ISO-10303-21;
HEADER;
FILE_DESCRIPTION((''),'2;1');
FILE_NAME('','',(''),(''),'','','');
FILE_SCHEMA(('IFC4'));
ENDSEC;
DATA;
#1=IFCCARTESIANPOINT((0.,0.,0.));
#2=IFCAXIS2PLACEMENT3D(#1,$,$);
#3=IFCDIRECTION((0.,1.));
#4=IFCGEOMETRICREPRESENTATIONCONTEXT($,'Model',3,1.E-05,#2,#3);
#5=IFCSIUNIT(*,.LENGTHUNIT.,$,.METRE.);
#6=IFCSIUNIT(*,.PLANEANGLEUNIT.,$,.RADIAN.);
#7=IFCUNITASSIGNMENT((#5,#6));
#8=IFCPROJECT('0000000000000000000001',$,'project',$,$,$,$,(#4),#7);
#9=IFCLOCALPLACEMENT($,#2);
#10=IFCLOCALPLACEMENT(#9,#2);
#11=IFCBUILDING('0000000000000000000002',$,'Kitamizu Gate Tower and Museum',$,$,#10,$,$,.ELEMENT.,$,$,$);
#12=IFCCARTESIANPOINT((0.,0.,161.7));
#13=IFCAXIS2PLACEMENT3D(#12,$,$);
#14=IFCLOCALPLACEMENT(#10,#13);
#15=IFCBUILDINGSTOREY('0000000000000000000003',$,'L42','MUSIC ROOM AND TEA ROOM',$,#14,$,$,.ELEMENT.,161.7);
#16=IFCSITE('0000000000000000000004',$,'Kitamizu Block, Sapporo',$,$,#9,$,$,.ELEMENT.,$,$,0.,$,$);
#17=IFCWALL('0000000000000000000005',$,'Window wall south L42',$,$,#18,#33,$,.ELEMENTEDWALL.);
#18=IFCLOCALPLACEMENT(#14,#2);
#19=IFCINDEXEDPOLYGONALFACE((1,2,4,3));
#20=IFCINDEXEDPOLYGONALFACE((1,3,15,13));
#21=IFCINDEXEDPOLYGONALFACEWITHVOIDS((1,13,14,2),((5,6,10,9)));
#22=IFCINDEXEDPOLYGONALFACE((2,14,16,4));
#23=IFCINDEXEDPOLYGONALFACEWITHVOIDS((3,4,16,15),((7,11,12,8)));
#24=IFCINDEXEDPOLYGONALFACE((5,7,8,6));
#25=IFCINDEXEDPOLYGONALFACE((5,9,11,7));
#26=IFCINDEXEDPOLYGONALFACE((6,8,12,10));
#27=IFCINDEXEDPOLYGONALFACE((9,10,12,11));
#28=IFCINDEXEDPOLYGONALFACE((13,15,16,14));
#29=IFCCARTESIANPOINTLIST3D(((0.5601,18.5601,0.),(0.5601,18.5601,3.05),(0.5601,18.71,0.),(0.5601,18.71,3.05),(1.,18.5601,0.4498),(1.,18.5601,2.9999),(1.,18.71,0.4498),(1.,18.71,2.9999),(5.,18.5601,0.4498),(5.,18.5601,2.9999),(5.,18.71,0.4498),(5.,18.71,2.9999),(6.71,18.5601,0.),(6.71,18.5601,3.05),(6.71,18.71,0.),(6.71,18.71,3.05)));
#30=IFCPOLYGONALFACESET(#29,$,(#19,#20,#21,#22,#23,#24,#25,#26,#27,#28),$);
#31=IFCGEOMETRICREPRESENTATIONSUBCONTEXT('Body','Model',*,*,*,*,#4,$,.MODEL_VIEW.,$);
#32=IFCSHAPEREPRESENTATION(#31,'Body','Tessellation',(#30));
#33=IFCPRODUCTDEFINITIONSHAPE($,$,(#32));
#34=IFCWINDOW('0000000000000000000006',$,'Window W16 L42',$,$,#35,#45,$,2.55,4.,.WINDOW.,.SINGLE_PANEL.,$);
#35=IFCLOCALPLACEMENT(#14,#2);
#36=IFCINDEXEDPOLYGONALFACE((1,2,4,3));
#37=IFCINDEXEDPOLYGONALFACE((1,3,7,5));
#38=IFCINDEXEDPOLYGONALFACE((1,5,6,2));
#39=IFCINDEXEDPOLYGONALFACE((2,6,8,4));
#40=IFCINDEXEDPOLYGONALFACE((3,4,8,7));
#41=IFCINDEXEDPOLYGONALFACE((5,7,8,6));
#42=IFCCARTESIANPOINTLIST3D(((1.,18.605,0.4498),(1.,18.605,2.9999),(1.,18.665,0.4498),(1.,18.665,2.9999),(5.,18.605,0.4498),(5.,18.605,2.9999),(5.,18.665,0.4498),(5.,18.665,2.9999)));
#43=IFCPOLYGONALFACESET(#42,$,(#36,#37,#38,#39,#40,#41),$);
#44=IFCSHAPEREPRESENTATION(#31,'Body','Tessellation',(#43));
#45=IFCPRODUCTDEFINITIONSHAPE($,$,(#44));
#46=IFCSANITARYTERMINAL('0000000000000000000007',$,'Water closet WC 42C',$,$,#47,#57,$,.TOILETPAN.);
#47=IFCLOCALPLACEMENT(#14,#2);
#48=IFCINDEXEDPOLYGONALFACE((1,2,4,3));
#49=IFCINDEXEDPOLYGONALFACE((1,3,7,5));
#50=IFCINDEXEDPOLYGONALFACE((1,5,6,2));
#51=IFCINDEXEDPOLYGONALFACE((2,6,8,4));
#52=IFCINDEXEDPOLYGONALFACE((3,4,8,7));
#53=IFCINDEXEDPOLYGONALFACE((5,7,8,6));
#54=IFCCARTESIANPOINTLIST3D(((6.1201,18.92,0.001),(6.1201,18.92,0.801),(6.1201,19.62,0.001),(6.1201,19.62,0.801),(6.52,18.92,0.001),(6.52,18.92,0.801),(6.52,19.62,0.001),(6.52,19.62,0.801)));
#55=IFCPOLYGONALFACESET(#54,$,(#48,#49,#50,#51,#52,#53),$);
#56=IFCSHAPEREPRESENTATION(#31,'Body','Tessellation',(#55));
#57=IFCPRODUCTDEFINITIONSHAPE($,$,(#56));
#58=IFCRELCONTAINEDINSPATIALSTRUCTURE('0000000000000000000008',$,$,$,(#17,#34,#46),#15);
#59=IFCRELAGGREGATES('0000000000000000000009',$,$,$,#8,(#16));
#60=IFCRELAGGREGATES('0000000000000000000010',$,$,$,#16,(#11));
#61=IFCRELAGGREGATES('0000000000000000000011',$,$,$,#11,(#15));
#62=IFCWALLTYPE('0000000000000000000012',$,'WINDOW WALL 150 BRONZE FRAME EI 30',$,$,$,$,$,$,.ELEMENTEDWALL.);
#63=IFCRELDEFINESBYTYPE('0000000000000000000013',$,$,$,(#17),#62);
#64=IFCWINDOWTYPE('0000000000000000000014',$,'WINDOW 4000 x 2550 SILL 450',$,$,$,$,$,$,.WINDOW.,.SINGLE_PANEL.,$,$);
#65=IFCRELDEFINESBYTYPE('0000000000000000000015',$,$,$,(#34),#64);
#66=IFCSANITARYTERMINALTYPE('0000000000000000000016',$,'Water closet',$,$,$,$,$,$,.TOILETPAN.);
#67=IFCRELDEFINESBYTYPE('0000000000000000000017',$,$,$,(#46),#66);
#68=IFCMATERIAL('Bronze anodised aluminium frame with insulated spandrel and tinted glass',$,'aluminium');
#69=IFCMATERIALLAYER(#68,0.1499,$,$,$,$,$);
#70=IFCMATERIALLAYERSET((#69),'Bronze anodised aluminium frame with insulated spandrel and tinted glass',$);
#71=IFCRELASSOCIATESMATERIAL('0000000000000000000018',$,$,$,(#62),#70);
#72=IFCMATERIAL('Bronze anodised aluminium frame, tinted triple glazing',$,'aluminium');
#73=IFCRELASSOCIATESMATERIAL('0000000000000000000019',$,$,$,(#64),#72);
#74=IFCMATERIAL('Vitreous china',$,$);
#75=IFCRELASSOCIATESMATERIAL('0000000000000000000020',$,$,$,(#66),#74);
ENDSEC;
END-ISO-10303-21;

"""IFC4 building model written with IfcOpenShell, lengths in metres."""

from ifc_helpers import new_model, si_unit, direction, frame, frame_2d, origin, origin_2d, place, context, subcontext, project, spatial, rectangle, extrude, material, layer, layer_set, type_object, element, fill, save


model = new_model("IFC4")

# Units and contexts
model_context = context("Model", 3, precision=1e-05, world=origin(), true_north=direction((0.0, 1.0)))
body_context = subcontext(model_context, "Body", "Model", "MODEL_VIEW")
ifc_project = project(units=[si_unit("LENGTHUNIT", "METRE"), si_unit("PLANEANGLEUNIT", "RADIAN")], contexts=[model_context])

# Site, building, storey
site_placement = place(None, origin())
site = spatial("IfcSite", under=ifc_project, at=site_placement, Name="Kitamizu Block, Sapporo", CompositionType="ELEMENT", RefElevation=0.0)
building_placement = place(site_placement, origin())
building = spatial("IfcBuilding", under=site, at=building_placement, Name="Kitamizu Gate Tower and Museum", CompositionType="ELEMENT")
storey_placement = place(building_placement, frame((0.0, 0.0, 161.7)))
storey = spatial("IfcBuildingStorey", under=building, at=storey_placement, Name="L42", Description="MUSIC ROOM AND TEA ROOM", CompositionType="ELEMENT", Elevation=161.7)

# Shared definitions
ifc_material_1 = material(Name="Bronze anodised aluminium frame with insulated spandrel and tinted glass", Category="aluminium")
ifc_layer_1 = layer(ifc_material_1, 0.1499)
ifc_layer_set_1 = layer_set([ifc_layer_1], Name="Bronze anodised aluminium frame with insulated spandrel and tinted glass")
wall_type_1 = type_object("IfcWallType", Name="WINDOW WALL 150 BRONZE FRAME EI 30", PredefinedType="ELEMENTEDWALL", material=ifc_layer_set_1)

# Wall, opening, window
wall_1_placement = place(storey_placement, frame((0.5601, 18.635, 0.0), z_axis=(0.0, 0.0, 1.0), x_axis=(1.0, 0.0, 0.0)))
wall_1 = element("IfcWall", 1, at=wall_1_placement, inside=storey, type_object=wall_type_1, Name="Window wall south L42", PredefinedType="ELEMENTEDWALL", context=body_context, shape_type="SweptSolid", body=[
    extrude(rectangle(XDim=6.1499, YDim=0.1499, at=frame_2d((3.075, 0.0))), origin(), (0.0, 0.0, 1.0), 3.05),
])
opening_1_placement = place(wall_1_placement, frame((0.4399, 0.0, 0.45)))
opening_1 = element("IfcOpeningElement", 2, at=opening_1_placement, cuts=wall_1, PredefinedType="OPENING", context=body_context, shape_type="SweptSolid", body=[
    extrude(rectangle(XDim=4.0, YDim=2.55, at=frame_2d((2.0, 1.2749))), frame((0.0, 0.085, 0.0), z_axis=(0.0, -1.0, 0.0), x_axis=(1.0, 0.0, 0.0)), (0.0, 0.0, 1.0), 0.1699),
])
ifc_material_2 = material(Name="Bronze anodised aluminium frame, tinted triple glazing", Category="aluminium")
window_type_1 = type_object("IfcWindowType", Name="WINDOW 4000 x 2550 SILL 450", PartitioningType="SINGLE_PANEL", PredefinedType="WINDOW", material=ifc_material_2)
window_1_placement = place(opening_1_placement, origin())
window_1 = element("IfcWindow", 3, at=window_1_placement, inside=storey, type_object=window_type_1, Name="Window W16 L42", OverallHeight=2.55, OverallWidth=4.0, PartitioningType="SINGLE_PANEL", PredefinedType="WINDOW", context=body_context, shape_type="SweptSolid", body=[
    extrude(rectangle(XDim=4.0, YDim=2.55, at=frame_2d((2.0, 1.2749))), frame((0.0, 0.03, 0.0), z_axis=(0.0, -1.0, 0.0), x_axis=(1.0, 0.0, 0.0)), (0.0, 0.0, 1.0), 0.0601),
])
fill(opening_1, window_1)

# Sanitary terminal
ifc_material_3 = material(Name="Vitreous china")
sanitary_terminal_type = type_object("IfcSanitaryTerminalType", Name="Water closet", PredefinedType="TOILETPAN", material=ifc_material_3)
sanitary_terminal_placement = place(storey_placement, frame((6.3201, 19.27, 0.001), z_axis=(0.0, 0.0, 1.0), x_axis=(1.0, 0.0, 0.0)))
element("IfcSanitaryTerminal", 4, at=sanitary_terminal_placement, inside=storey, type_object=sanitary_terminal_type, Name="Water closet WC 42C", PredefinedType="TOILETPAN", context=body_context, shape_type="SweptSolid", body=[
    extrude(rectangle(XDim=0.3999, YDim=0.7, at=origin_2d()), origin(), (0.0, 0.0, 1.0), 0.8),
])

save(model, "model.ifc")
